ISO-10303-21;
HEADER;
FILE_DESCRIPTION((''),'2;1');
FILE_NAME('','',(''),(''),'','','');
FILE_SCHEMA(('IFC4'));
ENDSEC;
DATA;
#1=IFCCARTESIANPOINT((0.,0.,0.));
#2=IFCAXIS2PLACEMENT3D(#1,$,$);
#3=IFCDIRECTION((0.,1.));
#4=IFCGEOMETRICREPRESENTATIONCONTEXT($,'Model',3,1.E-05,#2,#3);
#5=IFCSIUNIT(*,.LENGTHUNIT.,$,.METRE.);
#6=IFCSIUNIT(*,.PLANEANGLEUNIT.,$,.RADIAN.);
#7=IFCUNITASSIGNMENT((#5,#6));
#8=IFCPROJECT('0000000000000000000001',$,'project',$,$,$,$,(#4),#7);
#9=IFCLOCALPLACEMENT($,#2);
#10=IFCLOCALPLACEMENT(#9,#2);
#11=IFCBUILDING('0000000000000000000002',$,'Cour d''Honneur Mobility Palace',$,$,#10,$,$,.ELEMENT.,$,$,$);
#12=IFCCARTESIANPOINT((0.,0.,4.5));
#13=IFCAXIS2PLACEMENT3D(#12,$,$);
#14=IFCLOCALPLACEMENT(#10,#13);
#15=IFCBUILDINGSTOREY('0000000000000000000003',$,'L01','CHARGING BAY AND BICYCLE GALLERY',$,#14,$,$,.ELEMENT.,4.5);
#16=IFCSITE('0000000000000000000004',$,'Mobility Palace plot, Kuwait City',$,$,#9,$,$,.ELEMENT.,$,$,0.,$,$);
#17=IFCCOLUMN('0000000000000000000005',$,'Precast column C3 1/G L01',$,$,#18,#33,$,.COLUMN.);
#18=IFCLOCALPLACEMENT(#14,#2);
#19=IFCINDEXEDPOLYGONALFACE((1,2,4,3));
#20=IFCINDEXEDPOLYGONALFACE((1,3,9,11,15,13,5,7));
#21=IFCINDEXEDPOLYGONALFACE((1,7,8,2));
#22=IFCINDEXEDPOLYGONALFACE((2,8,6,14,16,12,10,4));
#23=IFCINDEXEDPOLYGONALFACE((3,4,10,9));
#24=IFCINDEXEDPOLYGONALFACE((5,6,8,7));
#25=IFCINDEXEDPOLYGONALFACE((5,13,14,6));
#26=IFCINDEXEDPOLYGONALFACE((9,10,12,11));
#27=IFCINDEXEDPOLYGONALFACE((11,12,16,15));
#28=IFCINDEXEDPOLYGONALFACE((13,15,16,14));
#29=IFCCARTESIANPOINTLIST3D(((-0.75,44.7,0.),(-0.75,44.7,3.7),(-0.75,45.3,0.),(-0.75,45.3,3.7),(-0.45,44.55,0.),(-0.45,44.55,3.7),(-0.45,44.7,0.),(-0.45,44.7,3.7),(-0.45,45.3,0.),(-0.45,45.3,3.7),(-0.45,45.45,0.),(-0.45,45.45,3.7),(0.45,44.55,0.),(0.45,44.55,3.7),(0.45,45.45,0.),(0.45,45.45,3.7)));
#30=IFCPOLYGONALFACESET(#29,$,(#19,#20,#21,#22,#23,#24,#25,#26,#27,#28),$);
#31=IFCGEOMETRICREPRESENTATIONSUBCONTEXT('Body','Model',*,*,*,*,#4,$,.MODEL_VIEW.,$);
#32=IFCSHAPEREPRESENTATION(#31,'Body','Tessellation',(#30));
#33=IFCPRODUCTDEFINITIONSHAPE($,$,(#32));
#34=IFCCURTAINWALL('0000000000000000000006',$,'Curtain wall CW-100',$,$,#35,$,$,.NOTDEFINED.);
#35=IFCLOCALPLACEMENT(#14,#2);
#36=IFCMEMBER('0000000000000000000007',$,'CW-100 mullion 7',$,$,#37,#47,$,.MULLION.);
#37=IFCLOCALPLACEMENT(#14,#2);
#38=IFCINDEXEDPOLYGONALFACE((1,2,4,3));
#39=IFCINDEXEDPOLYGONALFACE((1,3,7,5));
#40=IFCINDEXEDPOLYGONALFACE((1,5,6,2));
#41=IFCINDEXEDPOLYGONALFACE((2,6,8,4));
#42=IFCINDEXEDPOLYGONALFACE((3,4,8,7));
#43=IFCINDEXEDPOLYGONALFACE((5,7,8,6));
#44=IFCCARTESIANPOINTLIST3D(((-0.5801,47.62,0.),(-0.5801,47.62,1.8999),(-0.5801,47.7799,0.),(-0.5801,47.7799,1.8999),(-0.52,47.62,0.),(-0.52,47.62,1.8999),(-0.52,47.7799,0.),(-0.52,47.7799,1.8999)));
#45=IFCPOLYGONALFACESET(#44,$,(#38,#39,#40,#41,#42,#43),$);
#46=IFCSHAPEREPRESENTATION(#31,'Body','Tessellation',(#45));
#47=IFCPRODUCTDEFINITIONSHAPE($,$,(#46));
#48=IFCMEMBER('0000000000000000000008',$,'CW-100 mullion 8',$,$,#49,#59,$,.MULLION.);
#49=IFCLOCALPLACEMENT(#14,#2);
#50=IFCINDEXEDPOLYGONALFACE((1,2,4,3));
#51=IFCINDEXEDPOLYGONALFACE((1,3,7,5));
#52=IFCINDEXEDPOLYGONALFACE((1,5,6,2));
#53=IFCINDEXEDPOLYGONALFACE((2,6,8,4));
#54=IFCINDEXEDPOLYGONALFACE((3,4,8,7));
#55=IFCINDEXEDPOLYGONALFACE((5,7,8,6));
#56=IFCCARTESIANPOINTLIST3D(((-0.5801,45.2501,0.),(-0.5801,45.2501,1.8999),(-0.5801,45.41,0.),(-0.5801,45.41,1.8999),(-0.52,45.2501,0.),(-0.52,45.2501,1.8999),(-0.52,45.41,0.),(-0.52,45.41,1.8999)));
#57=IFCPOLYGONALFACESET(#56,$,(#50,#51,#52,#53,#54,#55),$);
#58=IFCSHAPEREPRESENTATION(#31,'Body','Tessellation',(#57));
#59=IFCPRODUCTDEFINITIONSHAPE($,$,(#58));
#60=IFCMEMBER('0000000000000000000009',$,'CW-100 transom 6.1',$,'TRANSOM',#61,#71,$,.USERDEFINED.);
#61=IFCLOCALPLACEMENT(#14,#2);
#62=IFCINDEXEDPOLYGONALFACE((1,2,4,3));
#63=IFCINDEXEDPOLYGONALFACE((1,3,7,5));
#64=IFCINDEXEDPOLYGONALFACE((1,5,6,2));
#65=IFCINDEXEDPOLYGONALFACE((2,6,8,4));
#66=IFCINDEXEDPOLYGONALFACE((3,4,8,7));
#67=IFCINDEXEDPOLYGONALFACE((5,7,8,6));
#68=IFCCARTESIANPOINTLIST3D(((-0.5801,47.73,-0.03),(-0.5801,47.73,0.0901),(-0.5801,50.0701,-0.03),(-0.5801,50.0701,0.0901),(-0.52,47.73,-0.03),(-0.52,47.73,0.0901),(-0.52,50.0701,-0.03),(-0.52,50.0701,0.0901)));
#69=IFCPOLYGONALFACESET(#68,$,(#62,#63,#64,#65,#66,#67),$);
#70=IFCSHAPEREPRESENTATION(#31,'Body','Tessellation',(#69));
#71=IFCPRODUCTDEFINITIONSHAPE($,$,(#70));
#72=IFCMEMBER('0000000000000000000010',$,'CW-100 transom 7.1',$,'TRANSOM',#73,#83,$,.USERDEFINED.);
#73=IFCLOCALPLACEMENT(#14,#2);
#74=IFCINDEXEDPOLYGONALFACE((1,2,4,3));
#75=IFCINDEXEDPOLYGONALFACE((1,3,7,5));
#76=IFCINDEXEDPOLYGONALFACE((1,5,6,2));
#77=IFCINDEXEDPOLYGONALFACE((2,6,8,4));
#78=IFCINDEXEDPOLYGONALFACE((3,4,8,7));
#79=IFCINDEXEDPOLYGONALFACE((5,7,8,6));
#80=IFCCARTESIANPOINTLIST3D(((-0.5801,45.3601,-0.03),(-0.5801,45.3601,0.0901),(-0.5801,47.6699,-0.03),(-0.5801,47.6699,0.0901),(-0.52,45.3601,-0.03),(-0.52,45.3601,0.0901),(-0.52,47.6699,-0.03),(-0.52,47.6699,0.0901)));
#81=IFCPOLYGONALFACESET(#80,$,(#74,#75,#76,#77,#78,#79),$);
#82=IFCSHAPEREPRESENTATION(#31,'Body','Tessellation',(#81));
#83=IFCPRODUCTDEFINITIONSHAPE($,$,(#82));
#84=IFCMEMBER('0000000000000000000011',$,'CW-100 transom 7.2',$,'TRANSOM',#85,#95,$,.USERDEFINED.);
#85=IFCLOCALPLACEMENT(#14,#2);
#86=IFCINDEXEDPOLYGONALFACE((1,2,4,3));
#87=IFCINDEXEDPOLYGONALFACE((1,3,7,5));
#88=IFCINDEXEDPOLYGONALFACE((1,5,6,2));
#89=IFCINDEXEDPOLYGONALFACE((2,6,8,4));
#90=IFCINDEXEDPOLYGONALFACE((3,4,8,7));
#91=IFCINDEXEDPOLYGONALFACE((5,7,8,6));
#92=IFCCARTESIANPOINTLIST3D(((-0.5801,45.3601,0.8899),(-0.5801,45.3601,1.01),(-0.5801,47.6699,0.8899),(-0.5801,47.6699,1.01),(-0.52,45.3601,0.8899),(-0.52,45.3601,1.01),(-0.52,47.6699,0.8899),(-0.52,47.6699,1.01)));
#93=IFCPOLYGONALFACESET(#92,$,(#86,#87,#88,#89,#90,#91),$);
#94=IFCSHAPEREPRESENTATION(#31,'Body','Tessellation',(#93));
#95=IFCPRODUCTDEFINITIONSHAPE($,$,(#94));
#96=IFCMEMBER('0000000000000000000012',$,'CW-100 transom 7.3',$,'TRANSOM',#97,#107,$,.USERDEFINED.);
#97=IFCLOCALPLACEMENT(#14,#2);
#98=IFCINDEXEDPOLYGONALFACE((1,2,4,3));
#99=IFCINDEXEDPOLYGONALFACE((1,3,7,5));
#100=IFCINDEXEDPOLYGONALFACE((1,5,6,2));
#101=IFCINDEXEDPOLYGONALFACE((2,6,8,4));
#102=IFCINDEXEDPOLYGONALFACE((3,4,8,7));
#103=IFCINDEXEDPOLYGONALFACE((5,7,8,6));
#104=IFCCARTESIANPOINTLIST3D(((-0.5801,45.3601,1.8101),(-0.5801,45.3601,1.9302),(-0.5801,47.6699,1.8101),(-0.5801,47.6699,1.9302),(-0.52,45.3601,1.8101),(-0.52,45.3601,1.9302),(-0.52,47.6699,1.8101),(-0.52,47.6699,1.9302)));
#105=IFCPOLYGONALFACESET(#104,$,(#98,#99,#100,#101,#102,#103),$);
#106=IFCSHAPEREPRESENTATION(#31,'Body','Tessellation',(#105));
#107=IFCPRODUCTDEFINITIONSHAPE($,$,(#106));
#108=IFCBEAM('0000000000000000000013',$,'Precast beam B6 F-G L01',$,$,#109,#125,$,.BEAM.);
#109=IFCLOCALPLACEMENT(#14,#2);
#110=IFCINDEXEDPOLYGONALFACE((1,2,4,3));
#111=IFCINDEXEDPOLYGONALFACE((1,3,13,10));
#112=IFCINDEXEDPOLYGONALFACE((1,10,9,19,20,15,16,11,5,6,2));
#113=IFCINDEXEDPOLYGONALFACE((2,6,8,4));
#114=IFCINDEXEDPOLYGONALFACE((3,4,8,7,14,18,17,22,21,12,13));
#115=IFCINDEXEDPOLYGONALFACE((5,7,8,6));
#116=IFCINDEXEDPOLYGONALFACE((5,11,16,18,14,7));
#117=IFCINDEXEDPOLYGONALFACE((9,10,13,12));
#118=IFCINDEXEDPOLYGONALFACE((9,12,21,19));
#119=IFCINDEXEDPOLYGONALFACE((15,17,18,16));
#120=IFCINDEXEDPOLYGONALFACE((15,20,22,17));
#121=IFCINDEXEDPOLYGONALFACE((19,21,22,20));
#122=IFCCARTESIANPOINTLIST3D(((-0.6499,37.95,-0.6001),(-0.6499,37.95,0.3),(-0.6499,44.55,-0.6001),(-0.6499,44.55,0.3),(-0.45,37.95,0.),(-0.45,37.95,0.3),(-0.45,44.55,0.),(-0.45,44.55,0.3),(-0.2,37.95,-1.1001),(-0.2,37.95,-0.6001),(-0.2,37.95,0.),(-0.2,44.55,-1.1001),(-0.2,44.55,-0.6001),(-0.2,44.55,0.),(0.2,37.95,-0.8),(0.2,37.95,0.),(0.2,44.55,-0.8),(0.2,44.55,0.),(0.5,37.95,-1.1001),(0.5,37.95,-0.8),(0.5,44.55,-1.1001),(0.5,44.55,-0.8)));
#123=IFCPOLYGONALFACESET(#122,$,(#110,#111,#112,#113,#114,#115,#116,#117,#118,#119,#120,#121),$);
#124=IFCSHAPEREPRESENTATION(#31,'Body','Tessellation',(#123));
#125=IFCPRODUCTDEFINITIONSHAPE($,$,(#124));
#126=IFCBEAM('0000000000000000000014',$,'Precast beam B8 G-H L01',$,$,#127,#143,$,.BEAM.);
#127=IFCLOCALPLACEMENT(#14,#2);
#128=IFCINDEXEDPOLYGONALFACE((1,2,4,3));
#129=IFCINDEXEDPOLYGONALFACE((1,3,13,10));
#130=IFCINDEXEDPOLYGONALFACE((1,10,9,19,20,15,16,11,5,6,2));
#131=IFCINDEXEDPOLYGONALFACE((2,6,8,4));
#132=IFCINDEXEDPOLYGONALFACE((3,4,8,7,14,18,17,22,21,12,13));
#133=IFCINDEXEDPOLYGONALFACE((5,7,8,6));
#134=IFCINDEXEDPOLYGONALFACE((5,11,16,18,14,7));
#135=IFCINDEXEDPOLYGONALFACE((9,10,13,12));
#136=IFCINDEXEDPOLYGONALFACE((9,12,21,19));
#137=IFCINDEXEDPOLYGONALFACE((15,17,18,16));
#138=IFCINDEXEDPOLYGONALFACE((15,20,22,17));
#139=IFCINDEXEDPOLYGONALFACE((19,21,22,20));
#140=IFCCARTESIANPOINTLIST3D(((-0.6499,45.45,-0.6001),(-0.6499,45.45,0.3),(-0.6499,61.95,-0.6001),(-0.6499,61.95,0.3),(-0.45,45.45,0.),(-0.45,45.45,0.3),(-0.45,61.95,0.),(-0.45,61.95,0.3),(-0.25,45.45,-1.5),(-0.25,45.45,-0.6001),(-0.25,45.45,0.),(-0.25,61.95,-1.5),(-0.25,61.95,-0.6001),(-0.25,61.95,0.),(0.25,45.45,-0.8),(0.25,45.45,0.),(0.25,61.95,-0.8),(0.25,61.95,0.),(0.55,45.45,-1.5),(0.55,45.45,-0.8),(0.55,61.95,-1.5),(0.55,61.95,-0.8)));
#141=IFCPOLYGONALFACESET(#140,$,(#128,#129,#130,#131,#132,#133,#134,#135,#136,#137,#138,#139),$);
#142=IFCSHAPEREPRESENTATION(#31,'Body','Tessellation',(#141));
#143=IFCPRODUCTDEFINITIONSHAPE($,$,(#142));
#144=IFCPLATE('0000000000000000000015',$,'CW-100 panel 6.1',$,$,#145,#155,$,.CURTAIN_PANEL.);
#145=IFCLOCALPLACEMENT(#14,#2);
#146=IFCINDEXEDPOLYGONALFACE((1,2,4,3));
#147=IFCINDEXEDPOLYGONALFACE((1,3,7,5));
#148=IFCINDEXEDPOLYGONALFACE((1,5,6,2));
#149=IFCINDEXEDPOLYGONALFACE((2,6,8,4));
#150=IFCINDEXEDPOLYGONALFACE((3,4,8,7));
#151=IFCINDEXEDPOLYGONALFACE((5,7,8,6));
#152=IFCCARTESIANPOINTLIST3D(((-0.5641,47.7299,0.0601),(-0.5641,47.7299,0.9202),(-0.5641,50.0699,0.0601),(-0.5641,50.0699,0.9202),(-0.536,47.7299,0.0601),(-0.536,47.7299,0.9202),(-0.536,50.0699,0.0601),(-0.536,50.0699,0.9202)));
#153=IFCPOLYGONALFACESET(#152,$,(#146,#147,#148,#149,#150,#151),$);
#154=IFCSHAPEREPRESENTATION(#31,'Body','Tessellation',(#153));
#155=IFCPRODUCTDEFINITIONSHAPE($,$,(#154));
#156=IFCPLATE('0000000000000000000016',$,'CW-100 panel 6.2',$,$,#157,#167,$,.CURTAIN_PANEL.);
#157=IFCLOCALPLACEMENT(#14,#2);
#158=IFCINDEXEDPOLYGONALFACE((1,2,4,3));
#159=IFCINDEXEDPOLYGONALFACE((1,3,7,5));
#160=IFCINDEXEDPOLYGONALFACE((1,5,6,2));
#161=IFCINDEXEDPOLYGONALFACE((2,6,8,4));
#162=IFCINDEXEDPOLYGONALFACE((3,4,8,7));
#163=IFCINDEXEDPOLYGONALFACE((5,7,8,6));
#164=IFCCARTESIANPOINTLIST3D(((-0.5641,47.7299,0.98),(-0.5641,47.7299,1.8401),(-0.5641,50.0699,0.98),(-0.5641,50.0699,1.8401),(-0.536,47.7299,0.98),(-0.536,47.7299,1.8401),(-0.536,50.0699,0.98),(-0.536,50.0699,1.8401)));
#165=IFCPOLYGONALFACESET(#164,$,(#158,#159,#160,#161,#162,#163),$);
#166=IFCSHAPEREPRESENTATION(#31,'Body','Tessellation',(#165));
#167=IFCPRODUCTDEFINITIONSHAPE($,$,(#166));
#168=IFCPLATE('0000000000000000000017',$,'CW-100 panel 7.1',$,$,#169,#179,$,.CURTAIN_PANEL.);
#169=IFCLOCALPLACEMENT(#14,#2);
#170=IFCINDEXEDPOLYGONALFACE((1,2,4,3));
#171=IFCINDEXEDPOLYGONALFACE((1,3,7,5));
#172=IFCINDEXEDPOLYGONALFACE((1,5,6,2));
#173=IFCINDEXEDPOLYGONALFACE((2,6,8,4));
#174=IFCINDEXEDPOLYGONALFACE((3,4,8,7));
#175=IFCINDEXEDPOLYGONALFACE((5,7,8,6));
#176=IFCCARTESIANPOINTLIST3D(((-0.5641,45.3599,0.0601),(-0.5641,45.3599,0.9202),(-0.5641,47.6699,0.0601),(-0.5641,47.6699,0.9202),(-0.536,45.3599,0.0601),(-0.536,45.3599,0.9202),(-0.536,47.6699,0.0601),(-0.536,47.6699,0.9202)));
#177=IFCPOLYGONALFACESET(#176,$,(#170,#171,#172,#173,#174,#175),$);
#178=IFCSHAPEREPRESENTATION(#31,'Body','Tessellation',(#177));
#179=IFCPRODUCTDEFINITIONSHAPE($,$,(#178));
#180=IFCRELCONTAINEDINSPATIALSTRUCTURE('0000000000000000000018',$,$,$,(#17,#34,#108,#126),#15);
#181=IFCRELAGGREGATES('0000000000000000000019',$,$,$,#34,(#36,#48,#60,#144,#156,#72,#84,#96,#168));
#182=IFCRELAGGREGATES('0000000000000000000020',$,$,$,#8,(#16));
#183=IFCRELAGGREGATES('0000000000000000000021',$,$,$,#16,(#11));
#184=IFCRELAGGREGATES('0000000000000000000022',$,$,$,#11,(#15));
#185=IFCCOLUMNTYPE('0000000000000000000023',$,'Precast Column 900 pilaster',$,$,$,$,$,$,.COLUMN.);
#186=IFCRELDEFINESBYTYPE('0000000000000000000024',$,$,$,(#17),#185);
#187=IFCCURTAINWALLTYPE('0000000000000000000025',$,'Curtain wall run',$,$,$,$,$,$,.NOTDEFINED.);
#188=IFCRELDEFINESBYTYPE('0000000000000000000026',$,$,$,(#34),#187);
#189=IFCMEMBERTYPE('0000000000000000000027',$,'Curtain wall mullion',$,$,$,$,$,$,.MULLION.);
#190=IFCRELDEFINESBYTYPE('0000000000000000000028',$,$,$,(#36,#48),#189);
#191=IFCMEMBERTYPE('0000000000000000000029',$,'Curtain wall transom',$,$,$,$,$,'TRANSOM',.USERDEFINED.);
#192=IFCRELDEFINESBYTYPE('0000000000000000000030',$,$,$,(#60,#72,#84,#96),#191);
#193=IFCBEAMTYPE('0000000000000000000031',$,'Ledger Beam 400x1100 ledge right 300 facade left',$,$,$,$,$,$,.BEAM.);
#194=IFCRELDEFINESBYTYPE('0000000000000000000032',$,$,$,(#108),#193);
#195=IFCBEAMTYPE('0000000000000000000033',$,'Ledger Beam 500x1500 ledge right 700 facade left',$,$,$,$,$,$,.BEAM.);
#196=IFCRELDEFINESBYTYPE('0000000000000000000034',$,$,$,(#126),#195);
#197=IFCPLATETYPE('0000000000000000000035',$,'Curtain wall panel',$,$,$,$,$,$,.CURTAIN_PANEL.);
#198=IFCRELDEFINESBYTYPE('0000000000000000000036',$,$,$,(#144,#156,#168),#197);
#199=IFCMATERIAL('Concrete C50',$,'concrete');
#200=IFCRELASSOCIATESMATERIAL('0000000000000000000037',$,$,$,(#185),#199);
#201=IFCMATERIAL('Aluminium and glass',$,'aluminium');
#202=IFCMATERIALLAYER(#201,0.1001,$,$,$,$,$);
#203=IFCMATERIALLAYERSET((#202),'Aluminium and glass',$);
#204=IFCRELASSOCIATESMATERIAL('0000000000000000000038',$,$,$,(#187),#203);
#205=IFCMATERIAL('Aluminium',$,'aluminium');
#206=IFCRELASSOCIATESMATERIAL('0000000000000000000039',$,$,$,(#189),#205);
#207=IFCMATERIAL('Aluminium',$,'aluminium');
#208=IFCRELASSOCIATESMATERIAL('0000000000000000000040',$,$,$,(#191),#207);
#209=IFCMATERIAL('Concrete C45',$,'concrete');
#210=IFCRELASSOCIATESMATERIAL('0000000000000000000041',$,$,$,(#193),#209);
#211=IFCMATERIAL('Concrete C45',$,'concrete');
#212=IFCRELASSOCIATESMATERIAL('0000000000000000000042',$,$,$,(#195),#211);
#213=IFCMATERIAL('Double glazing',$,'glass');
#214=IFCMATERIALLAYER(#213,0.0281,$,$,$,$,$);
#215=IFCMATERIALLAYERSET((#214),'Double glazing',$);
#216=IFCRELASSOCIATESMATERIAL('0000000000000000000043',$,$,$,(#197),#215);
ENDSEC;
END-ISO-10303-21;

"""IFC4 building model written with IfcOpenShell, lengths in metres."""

from ifc_helpers import new_model, si_unit, direction, frame, origin, origin_2d, place, context, subcontext, project, spatial, polyline, rectangle, outline, extrude, material, layer, layer_set, material_profile, profile_set, type_object, element, aggregate, save


model = new_model("IFC4")

# Units and contexts
model_context = context("Model", 3, precision=1e-05, world=origin(), true_north=direction((0.0, 1.0)))
body_context = subcontext(model_context, "Body", "Model", "MODEL_VIEW")
ifc_project = project(units=[si_unit("LENGTHUNIT", "METRE"), si_unit("PLANEANGLEUNIT", "RADIAN")], contexts=[model_context])

# Site, building, storey
site_placement = place(None, origin())
site = spatial("IfcSite", under=ifc_project, at=site_placement, Name="Mobility Palace plot, Kuwait City", CompositionType="ELEMENT", RefElevation=0.0)
building_placement = place(site_placement, origin())
building = spatial("IfcBuilding", under=site, at=building_placement, Name="Cour d'Honneur Mobility Palace", CompositionType="ELEMENT")
storey_placement = place(building_placement, frame((0.0, 0.0, 4.5)))
storey = spatial("IfcBuildingStorey", under=building, at=storey_placement, Name="L01", Description="CHARGING BAY AND BICYCLE GALLERY", CompositionType="ELEMENT", Elevation=4.5)

# Column
ifc_material_1 = material(Name="Concrete C50", Category="concrete")
ifc_material_profile_1 = material_profile(ifc_material_1, outline(polyline([(-0.45, -0.45), (0.45, -0.45), (0.45, -0.3), (0.75, -0.3), (0.75, 0.3), (0.45, 0.3), (0.45, 0.45), (-0.45, 0.45), (-0.45, -0.45)])), Name="PC C900 pilaster")
ifc_profile_set_1 = profile_set([ifc_material_profile_1], Name="Concrete C50")
column_type = type_object("IfcColumnType", Name="Precast Column 900 pilaster", PredefinedType="COLUMN", material=ifc_profile_set_1)
column_placement = place(storey_placement, frame((0.0, 45.0, 0.0), z_axis=(0.0, 0.0, 1.0), x_axis=(-1.0, 0.0, 0.0)))
element("IfcColumn", 1, at=column_placement, inside=storey, type_object=column_type, Name="Precast column C3 1/G L01", PredefinedType="COLUMN", context=body_context, shape_type="SweptSolid", body=[
    extrude(outline(polyline([(-0.45, -0.45), (0.45, -0.45), (0.45, -0.3), (0.75, -0.3), (0.75, 0.3), (0.45, 0.3), (0.45, 0.45), (-0.45, 0.45), (-0.45, -0.45)])), origin(), (0.0, 0.0, 1.0), 3.7),
])

# Curtain wall, members
ifc_material_2 = material(Name="Aluminium and glass", Category="aluminium")
ifc_layer_1 = layer(ifc_material_2, 0.1001)
ifc_layer_set_1 = layer_set([ifc_layer_1], Name="Aluminium and glass")
curtain_wall_type = type_object("IfcCurtainWallType", Name="Curtain wall run", PredefinedType="NOTDEFINED", material=ifc_layer_set_1)
curtain_wall_placement = place(storey_placement, origin())
curtain_wall = element("IfcCurtainWall", 2, at=curtain_wall_placement, inside=storey, type_object=curtain_wall_type, Name="Curtain wall CW-100", PredefinedType="NOTDEFINED")
ifc_material_3 = material(Name="Aluminium", Category="aluminium")
ifc_material_profile_2 = material_profile(ifc_material_3, rectangle(XDim=0.0601, YDim=0.1599, at=origin_2d()), Name="Curtain wall mullion")
ifc_profile_set_2 = profile_set([ifc_material_profile_2], Name="Aluminium")
member_type_1 = type_object("IfcMemberType", Name="Curtain wall mullion", PredefinedType="MULLION", material=ifc_profile_set_2)
member_1_placement = place(storey_placement, frame((-0.55, 47.7, 0.0), z_axis=(0.0, 0.0, 1.0), x_axis=(1.0, 0.0, 0.0)))
member_1 = element("IfcMember", 3, at=member_1_placement, type_object=member_type_1, Name="CW-100 mullion 7", PredefinedType="MULLION", context=body_context, shape_type="SweptSolid", body=[
    extrude(rectangle(XDim=0.0601, YDim=0.1599, at=origin_2d()), origin(), (0.0, 0.0, 1.0), 1.8999),
])
member_2_placement = place(storey_placement, frame((-0.55, 45.3301, 0.0), z_axis=(0.0, 0.0, 1.0), x_axis=(1.0, 0.0, 0.0)))
member_2 = element("IfcMember", 4, at=member_2_placement, type_object=member_type_1, Name="CW-100 mullion 8", PredefinedType="MULLION", context=body_context, shape_type="SweptSolid", body=[
    extrude(rectangle(XDim=0.0601, YDim=0.1599, at=origin_2d()), origin(), (0.0, 0.0, 1.0), 1.8999),
])
ifc_material_4 = material(Name="Aluminium", Category="aluminium")
ifc_material_profile_3 = material_profile(ifc_material_4, rectangle(XDim=0.0601, YDim=0.1201, at=origin_2d()), Name="Curtain wall transom")
ifc_profile_set_3 = profile_set([ifc_material_profile_3], Name="Aluminium")
member_type_2 = type_object("IfcMemberType", Name="Curtain wall transom", ElementType="TRANSOM", PredefinedType="USERDEFINED", material=ifc_profile_set_3)
member_3_placement = place(storey_placement, frame((-0.55, 50.0701, 0.03), z_axis=(0.0, -1.0, 0.0), x_axis=(1.0, 0.0, 0.0)))
member_3 = element("IfcMember", 5, at=member_3_placement, type_object=member_type_2, Name="CW-100 transom 6.1", ObjectType="TRANSOM", PredefinedType="USERDEFINED", context=body_context, shape_type="SweptSolid", body=[
    extrude(rectangle(XDim=0.0601, YDim=0.1201, at=origin_2d()), origin(), (0.0, 0.0, 1.0), 2.3401),
])
member_4_placement = place(storey_placement, frame((-0.55, 47.6699, 0.03), z_axis=(0.0, -1.0, 0.0), x_axis=(1.0, 0.0, 0.0)))
member_4 = element("IfcMember", 6, at=member_4_placement, type_object=member_type_2, Name="CW-100 transom 7.1", ObjectType="TRANSOM", PredefinedType="USERDEFINED", context=body_context, shape_type="SweptSolid", body=[
    extrude(rectangle(XDim=0.0601, YDim=0.1201, at=origin_2d()), origin(), (0.0, 0.0, 1.0), 2.3098),
])
member_5_placement = place(storey_placement, frame((-0.55, 47.6699, 0.95), z_axis=(0.0, -1.0, 0.0), x_axis=(1.0, 0.0, 0.0)))
member_5 = element("IfcMember", 7, at=member_5_placement, type_object=member_type_2, Name="CW-100 transom 7.2", ObjectType="TRANSOM", PredefinedType="USERDEFINED", context=body_context, shape_type="SweptSolid", body=[
    extrude(rectangle(XDim=0.0601, YDim=0.1201, at=origin_2d()), origin(), (0.0, 0.0, 1.0), 2.3098),
])
member_6_placement = place(storey_placement, frame((-0.55, 47.6699, 1.8701), z_axis=(0.0, -1.0, 0.0), x_axis=(1.0, 0.0, 0.0)))
member_6 = element("IfcMember", 8, at=member_6_placement, type_object=member_type_2, Name="CW-100 transom 7.3", ObjectType="TRANSOM", PredefinedType="USERDEFINED", context=body_context, shape_type="SweptSolid", body=[
    extrude(rectangle(XDim=0.0601, YDim=0.1201, at=origin_2d()), origin(), (0.0, 0.0, 1.0), 2.3098),
])

# Beams
ifc_material_5 = material(Name="Concrete C45", Category="concrete")
ifc_material_profile_4 = material_profile(ifc_material_5, outline(polyline([(0.2, -1.1001), (0.2, -0.6001), (0.6499, -0.6001), (0.6499, 0.3), (0.45, 0.3), (0.45, 0.0), (0.2, 0.0), (-0.2, 0.0), (-0.2, -0.8), (-0.5, -0.8), (-0.5, -1.1001), (0.2, -1.1001)])), Name="Ledger Beam 400x1100 ledge right 300 facade left")
ifc_profile_set_4 = profile_set([ifc_material_profile_4], Name="Concrete C45")
beam_type_1 = type_object("IfcBeamType", Name="Ledger Beam 400x1100 ledge right 300 facade left", PredefinedType="BEAM", material=ifc_profile_set_4)
beam_1_placement = place(storey_placement, frame((0.0, 37.95, 0.0), z_axis=(0.0, 1.0, 0.0), x_axis=(-1.0, 0.0, 0.0)))
element("IfcBeam", 9, at=beam_1_placement, inside=storey, type_object=beam_type_1, Name="Precast beam B6 F-G L01", PredefinedType="BEAM", context=body_context, shape_type="SweptSolid", body=[
    extrude(outline(polyline([(0.2, -1.1001), (0.2, -0.6001), (0.6499, -0.6001), (0.6499, 0.3), (0.45, 0.3), (0.45, 0.0), (0.2, 0.0), (-0.2, 0.0), (-0.2, -0.8), (-0.5, -0.8), (-0.5, -1.1001), (0.2, -1.1001)])), origin(), (0.0, 0.0, 1.0), 6.6001),
])
ifc_material_6 = material(Name="Concrete C45", Category="concrete")
ifc_material_profile_5 = material_profile(ifc_material_6, outline(polyline([(0.25, -1.5), (0.25, -0.6001), (0.6499, -0.6001), (0.6499, 0.3), (0.45, 0.3), (0.45, 0.0), (0.25, 0.0), (-0.25, 0.0), (-0.25, -0.8), (-0.55, -0.8), (-0.55, -1.5), (0.25, -1.5)])), Name="Ledger Beam 500x1500 ledge right 700 facade left")
ifc_profile_set_5 = profile_set([ifc_material_profile_5], Name="Concrete C45")
beam_type_2 = type_object("IfcBeamType", Name="Ledger Beam 500x1500 ledge right 700 facade left", PredefinedType="BEAM", material=ifc_profile_set_5)
beam_2_placement = place(storey_placement, frame((0.0, 45.45, 0.0), z_axis=(0.0, 1.0, 0.0), x_axis=(-1.0, 0.0, 0.0)))
element("IfcBeam", 10, at=beam_2_placement, inside=storey, type_object=beam_type_2, Name="Precast beam B8 G-H L01", PredefinedType="BEAM", context=body_context, shape_type="SweptSolid", body=[
    extrude(outline(polyline([(0.25, -1.5), (0.25, -0.6001), (0.6499, -0.6001), (0.6499, 0.3), (0.45, 0.3), (0.45, 0.0), (0.25, 0.0), (-0.25, 0.0), (-0.25, -0.8), (-0.55, -0.8), (-0.55, -1.5), (0.25, -1.5)])), origin(), (0.0, 0.0, 1.0), 16.5),
])

# Plates
ifc_material_7 = material(Name="Double glazing", Category="glass")
ifc_layer_2 = layer(ifc_material_7, 0.0281)
ifc_layer_set_2 = layer_set([ifc_layer_2], Name="Double glazing")
plate_type = type_object("IfcPlateType", Name="Curtain wall panel", PredefinedType="CURTAIN_PANEL", material=ifc_layer_set_2)
plate_1_placement = place(storey_placement, frame((-0.55, 48.8999, 0.0601), z_axis=(0.0, 0.0, 1.0), x_axis=(0.0, -1.0, 0.0)))
plate_1 = element("IfcPlate", 11, at=plate_1_placement, type_object=plate_type, Name="CW-100 panel 6.1", PredefinedType="CURTAIN_PANEL", context=body_context, shape_type="SweptSolid", body=[
    extrude(rectangle(XDim=2.3401, YDim=0.0281, at=origin_2d()), origin(), (0.0, 0.0, 1.0), 0.8601),
])
plate_2_placement = place(storey_placement, frame((-0.55, 48.8999, 0.98), z_axis=(0.0, 0.0, 1.0), x_axis=(0.0, -1.0, 0.0)))
plate_2 = element("IfcPlate", 12, at=plate_2_placement, type_object=plate_type, Name="CW-100 panel 6.2", PredefinedType="CURTAIN_PANEL", context=body_context, shape_type="SweptSolid", body=[
    extrude(rectangle(XDim=2.3401, YDim=0.0281, at=origin_2d()), origin(), (0.0, 0.0, 1.0), 0.8601),
])
plate_3_placement = place(storey_placement, frame((-0.55, 46.5149, 0.0601), z_axis=(0.0, 0.0, 1.0), x_axis=(0.0, -1.0, 0.0)))
plate_3 = element("IfcPlate", 13, at=plate_3_placement, type_object=plate_type, Name="CW-100 panel 7.1", PredefinedType="CURTAIN_PANEL", context=body_context, shape_type="SweptSolid", body=[
    extrude(rectangle(XDim=2.3101, YDim=0.0281, at=origin_2d()), origin(), (0.0, 0.0, 1.0), 0.8601),
])
aggregate(curtain_wall, [member_1, member_2, member_3, plate_1, plate_2, member_4, member_5, member_6, plate_3])

save(model, "model.ifc")
